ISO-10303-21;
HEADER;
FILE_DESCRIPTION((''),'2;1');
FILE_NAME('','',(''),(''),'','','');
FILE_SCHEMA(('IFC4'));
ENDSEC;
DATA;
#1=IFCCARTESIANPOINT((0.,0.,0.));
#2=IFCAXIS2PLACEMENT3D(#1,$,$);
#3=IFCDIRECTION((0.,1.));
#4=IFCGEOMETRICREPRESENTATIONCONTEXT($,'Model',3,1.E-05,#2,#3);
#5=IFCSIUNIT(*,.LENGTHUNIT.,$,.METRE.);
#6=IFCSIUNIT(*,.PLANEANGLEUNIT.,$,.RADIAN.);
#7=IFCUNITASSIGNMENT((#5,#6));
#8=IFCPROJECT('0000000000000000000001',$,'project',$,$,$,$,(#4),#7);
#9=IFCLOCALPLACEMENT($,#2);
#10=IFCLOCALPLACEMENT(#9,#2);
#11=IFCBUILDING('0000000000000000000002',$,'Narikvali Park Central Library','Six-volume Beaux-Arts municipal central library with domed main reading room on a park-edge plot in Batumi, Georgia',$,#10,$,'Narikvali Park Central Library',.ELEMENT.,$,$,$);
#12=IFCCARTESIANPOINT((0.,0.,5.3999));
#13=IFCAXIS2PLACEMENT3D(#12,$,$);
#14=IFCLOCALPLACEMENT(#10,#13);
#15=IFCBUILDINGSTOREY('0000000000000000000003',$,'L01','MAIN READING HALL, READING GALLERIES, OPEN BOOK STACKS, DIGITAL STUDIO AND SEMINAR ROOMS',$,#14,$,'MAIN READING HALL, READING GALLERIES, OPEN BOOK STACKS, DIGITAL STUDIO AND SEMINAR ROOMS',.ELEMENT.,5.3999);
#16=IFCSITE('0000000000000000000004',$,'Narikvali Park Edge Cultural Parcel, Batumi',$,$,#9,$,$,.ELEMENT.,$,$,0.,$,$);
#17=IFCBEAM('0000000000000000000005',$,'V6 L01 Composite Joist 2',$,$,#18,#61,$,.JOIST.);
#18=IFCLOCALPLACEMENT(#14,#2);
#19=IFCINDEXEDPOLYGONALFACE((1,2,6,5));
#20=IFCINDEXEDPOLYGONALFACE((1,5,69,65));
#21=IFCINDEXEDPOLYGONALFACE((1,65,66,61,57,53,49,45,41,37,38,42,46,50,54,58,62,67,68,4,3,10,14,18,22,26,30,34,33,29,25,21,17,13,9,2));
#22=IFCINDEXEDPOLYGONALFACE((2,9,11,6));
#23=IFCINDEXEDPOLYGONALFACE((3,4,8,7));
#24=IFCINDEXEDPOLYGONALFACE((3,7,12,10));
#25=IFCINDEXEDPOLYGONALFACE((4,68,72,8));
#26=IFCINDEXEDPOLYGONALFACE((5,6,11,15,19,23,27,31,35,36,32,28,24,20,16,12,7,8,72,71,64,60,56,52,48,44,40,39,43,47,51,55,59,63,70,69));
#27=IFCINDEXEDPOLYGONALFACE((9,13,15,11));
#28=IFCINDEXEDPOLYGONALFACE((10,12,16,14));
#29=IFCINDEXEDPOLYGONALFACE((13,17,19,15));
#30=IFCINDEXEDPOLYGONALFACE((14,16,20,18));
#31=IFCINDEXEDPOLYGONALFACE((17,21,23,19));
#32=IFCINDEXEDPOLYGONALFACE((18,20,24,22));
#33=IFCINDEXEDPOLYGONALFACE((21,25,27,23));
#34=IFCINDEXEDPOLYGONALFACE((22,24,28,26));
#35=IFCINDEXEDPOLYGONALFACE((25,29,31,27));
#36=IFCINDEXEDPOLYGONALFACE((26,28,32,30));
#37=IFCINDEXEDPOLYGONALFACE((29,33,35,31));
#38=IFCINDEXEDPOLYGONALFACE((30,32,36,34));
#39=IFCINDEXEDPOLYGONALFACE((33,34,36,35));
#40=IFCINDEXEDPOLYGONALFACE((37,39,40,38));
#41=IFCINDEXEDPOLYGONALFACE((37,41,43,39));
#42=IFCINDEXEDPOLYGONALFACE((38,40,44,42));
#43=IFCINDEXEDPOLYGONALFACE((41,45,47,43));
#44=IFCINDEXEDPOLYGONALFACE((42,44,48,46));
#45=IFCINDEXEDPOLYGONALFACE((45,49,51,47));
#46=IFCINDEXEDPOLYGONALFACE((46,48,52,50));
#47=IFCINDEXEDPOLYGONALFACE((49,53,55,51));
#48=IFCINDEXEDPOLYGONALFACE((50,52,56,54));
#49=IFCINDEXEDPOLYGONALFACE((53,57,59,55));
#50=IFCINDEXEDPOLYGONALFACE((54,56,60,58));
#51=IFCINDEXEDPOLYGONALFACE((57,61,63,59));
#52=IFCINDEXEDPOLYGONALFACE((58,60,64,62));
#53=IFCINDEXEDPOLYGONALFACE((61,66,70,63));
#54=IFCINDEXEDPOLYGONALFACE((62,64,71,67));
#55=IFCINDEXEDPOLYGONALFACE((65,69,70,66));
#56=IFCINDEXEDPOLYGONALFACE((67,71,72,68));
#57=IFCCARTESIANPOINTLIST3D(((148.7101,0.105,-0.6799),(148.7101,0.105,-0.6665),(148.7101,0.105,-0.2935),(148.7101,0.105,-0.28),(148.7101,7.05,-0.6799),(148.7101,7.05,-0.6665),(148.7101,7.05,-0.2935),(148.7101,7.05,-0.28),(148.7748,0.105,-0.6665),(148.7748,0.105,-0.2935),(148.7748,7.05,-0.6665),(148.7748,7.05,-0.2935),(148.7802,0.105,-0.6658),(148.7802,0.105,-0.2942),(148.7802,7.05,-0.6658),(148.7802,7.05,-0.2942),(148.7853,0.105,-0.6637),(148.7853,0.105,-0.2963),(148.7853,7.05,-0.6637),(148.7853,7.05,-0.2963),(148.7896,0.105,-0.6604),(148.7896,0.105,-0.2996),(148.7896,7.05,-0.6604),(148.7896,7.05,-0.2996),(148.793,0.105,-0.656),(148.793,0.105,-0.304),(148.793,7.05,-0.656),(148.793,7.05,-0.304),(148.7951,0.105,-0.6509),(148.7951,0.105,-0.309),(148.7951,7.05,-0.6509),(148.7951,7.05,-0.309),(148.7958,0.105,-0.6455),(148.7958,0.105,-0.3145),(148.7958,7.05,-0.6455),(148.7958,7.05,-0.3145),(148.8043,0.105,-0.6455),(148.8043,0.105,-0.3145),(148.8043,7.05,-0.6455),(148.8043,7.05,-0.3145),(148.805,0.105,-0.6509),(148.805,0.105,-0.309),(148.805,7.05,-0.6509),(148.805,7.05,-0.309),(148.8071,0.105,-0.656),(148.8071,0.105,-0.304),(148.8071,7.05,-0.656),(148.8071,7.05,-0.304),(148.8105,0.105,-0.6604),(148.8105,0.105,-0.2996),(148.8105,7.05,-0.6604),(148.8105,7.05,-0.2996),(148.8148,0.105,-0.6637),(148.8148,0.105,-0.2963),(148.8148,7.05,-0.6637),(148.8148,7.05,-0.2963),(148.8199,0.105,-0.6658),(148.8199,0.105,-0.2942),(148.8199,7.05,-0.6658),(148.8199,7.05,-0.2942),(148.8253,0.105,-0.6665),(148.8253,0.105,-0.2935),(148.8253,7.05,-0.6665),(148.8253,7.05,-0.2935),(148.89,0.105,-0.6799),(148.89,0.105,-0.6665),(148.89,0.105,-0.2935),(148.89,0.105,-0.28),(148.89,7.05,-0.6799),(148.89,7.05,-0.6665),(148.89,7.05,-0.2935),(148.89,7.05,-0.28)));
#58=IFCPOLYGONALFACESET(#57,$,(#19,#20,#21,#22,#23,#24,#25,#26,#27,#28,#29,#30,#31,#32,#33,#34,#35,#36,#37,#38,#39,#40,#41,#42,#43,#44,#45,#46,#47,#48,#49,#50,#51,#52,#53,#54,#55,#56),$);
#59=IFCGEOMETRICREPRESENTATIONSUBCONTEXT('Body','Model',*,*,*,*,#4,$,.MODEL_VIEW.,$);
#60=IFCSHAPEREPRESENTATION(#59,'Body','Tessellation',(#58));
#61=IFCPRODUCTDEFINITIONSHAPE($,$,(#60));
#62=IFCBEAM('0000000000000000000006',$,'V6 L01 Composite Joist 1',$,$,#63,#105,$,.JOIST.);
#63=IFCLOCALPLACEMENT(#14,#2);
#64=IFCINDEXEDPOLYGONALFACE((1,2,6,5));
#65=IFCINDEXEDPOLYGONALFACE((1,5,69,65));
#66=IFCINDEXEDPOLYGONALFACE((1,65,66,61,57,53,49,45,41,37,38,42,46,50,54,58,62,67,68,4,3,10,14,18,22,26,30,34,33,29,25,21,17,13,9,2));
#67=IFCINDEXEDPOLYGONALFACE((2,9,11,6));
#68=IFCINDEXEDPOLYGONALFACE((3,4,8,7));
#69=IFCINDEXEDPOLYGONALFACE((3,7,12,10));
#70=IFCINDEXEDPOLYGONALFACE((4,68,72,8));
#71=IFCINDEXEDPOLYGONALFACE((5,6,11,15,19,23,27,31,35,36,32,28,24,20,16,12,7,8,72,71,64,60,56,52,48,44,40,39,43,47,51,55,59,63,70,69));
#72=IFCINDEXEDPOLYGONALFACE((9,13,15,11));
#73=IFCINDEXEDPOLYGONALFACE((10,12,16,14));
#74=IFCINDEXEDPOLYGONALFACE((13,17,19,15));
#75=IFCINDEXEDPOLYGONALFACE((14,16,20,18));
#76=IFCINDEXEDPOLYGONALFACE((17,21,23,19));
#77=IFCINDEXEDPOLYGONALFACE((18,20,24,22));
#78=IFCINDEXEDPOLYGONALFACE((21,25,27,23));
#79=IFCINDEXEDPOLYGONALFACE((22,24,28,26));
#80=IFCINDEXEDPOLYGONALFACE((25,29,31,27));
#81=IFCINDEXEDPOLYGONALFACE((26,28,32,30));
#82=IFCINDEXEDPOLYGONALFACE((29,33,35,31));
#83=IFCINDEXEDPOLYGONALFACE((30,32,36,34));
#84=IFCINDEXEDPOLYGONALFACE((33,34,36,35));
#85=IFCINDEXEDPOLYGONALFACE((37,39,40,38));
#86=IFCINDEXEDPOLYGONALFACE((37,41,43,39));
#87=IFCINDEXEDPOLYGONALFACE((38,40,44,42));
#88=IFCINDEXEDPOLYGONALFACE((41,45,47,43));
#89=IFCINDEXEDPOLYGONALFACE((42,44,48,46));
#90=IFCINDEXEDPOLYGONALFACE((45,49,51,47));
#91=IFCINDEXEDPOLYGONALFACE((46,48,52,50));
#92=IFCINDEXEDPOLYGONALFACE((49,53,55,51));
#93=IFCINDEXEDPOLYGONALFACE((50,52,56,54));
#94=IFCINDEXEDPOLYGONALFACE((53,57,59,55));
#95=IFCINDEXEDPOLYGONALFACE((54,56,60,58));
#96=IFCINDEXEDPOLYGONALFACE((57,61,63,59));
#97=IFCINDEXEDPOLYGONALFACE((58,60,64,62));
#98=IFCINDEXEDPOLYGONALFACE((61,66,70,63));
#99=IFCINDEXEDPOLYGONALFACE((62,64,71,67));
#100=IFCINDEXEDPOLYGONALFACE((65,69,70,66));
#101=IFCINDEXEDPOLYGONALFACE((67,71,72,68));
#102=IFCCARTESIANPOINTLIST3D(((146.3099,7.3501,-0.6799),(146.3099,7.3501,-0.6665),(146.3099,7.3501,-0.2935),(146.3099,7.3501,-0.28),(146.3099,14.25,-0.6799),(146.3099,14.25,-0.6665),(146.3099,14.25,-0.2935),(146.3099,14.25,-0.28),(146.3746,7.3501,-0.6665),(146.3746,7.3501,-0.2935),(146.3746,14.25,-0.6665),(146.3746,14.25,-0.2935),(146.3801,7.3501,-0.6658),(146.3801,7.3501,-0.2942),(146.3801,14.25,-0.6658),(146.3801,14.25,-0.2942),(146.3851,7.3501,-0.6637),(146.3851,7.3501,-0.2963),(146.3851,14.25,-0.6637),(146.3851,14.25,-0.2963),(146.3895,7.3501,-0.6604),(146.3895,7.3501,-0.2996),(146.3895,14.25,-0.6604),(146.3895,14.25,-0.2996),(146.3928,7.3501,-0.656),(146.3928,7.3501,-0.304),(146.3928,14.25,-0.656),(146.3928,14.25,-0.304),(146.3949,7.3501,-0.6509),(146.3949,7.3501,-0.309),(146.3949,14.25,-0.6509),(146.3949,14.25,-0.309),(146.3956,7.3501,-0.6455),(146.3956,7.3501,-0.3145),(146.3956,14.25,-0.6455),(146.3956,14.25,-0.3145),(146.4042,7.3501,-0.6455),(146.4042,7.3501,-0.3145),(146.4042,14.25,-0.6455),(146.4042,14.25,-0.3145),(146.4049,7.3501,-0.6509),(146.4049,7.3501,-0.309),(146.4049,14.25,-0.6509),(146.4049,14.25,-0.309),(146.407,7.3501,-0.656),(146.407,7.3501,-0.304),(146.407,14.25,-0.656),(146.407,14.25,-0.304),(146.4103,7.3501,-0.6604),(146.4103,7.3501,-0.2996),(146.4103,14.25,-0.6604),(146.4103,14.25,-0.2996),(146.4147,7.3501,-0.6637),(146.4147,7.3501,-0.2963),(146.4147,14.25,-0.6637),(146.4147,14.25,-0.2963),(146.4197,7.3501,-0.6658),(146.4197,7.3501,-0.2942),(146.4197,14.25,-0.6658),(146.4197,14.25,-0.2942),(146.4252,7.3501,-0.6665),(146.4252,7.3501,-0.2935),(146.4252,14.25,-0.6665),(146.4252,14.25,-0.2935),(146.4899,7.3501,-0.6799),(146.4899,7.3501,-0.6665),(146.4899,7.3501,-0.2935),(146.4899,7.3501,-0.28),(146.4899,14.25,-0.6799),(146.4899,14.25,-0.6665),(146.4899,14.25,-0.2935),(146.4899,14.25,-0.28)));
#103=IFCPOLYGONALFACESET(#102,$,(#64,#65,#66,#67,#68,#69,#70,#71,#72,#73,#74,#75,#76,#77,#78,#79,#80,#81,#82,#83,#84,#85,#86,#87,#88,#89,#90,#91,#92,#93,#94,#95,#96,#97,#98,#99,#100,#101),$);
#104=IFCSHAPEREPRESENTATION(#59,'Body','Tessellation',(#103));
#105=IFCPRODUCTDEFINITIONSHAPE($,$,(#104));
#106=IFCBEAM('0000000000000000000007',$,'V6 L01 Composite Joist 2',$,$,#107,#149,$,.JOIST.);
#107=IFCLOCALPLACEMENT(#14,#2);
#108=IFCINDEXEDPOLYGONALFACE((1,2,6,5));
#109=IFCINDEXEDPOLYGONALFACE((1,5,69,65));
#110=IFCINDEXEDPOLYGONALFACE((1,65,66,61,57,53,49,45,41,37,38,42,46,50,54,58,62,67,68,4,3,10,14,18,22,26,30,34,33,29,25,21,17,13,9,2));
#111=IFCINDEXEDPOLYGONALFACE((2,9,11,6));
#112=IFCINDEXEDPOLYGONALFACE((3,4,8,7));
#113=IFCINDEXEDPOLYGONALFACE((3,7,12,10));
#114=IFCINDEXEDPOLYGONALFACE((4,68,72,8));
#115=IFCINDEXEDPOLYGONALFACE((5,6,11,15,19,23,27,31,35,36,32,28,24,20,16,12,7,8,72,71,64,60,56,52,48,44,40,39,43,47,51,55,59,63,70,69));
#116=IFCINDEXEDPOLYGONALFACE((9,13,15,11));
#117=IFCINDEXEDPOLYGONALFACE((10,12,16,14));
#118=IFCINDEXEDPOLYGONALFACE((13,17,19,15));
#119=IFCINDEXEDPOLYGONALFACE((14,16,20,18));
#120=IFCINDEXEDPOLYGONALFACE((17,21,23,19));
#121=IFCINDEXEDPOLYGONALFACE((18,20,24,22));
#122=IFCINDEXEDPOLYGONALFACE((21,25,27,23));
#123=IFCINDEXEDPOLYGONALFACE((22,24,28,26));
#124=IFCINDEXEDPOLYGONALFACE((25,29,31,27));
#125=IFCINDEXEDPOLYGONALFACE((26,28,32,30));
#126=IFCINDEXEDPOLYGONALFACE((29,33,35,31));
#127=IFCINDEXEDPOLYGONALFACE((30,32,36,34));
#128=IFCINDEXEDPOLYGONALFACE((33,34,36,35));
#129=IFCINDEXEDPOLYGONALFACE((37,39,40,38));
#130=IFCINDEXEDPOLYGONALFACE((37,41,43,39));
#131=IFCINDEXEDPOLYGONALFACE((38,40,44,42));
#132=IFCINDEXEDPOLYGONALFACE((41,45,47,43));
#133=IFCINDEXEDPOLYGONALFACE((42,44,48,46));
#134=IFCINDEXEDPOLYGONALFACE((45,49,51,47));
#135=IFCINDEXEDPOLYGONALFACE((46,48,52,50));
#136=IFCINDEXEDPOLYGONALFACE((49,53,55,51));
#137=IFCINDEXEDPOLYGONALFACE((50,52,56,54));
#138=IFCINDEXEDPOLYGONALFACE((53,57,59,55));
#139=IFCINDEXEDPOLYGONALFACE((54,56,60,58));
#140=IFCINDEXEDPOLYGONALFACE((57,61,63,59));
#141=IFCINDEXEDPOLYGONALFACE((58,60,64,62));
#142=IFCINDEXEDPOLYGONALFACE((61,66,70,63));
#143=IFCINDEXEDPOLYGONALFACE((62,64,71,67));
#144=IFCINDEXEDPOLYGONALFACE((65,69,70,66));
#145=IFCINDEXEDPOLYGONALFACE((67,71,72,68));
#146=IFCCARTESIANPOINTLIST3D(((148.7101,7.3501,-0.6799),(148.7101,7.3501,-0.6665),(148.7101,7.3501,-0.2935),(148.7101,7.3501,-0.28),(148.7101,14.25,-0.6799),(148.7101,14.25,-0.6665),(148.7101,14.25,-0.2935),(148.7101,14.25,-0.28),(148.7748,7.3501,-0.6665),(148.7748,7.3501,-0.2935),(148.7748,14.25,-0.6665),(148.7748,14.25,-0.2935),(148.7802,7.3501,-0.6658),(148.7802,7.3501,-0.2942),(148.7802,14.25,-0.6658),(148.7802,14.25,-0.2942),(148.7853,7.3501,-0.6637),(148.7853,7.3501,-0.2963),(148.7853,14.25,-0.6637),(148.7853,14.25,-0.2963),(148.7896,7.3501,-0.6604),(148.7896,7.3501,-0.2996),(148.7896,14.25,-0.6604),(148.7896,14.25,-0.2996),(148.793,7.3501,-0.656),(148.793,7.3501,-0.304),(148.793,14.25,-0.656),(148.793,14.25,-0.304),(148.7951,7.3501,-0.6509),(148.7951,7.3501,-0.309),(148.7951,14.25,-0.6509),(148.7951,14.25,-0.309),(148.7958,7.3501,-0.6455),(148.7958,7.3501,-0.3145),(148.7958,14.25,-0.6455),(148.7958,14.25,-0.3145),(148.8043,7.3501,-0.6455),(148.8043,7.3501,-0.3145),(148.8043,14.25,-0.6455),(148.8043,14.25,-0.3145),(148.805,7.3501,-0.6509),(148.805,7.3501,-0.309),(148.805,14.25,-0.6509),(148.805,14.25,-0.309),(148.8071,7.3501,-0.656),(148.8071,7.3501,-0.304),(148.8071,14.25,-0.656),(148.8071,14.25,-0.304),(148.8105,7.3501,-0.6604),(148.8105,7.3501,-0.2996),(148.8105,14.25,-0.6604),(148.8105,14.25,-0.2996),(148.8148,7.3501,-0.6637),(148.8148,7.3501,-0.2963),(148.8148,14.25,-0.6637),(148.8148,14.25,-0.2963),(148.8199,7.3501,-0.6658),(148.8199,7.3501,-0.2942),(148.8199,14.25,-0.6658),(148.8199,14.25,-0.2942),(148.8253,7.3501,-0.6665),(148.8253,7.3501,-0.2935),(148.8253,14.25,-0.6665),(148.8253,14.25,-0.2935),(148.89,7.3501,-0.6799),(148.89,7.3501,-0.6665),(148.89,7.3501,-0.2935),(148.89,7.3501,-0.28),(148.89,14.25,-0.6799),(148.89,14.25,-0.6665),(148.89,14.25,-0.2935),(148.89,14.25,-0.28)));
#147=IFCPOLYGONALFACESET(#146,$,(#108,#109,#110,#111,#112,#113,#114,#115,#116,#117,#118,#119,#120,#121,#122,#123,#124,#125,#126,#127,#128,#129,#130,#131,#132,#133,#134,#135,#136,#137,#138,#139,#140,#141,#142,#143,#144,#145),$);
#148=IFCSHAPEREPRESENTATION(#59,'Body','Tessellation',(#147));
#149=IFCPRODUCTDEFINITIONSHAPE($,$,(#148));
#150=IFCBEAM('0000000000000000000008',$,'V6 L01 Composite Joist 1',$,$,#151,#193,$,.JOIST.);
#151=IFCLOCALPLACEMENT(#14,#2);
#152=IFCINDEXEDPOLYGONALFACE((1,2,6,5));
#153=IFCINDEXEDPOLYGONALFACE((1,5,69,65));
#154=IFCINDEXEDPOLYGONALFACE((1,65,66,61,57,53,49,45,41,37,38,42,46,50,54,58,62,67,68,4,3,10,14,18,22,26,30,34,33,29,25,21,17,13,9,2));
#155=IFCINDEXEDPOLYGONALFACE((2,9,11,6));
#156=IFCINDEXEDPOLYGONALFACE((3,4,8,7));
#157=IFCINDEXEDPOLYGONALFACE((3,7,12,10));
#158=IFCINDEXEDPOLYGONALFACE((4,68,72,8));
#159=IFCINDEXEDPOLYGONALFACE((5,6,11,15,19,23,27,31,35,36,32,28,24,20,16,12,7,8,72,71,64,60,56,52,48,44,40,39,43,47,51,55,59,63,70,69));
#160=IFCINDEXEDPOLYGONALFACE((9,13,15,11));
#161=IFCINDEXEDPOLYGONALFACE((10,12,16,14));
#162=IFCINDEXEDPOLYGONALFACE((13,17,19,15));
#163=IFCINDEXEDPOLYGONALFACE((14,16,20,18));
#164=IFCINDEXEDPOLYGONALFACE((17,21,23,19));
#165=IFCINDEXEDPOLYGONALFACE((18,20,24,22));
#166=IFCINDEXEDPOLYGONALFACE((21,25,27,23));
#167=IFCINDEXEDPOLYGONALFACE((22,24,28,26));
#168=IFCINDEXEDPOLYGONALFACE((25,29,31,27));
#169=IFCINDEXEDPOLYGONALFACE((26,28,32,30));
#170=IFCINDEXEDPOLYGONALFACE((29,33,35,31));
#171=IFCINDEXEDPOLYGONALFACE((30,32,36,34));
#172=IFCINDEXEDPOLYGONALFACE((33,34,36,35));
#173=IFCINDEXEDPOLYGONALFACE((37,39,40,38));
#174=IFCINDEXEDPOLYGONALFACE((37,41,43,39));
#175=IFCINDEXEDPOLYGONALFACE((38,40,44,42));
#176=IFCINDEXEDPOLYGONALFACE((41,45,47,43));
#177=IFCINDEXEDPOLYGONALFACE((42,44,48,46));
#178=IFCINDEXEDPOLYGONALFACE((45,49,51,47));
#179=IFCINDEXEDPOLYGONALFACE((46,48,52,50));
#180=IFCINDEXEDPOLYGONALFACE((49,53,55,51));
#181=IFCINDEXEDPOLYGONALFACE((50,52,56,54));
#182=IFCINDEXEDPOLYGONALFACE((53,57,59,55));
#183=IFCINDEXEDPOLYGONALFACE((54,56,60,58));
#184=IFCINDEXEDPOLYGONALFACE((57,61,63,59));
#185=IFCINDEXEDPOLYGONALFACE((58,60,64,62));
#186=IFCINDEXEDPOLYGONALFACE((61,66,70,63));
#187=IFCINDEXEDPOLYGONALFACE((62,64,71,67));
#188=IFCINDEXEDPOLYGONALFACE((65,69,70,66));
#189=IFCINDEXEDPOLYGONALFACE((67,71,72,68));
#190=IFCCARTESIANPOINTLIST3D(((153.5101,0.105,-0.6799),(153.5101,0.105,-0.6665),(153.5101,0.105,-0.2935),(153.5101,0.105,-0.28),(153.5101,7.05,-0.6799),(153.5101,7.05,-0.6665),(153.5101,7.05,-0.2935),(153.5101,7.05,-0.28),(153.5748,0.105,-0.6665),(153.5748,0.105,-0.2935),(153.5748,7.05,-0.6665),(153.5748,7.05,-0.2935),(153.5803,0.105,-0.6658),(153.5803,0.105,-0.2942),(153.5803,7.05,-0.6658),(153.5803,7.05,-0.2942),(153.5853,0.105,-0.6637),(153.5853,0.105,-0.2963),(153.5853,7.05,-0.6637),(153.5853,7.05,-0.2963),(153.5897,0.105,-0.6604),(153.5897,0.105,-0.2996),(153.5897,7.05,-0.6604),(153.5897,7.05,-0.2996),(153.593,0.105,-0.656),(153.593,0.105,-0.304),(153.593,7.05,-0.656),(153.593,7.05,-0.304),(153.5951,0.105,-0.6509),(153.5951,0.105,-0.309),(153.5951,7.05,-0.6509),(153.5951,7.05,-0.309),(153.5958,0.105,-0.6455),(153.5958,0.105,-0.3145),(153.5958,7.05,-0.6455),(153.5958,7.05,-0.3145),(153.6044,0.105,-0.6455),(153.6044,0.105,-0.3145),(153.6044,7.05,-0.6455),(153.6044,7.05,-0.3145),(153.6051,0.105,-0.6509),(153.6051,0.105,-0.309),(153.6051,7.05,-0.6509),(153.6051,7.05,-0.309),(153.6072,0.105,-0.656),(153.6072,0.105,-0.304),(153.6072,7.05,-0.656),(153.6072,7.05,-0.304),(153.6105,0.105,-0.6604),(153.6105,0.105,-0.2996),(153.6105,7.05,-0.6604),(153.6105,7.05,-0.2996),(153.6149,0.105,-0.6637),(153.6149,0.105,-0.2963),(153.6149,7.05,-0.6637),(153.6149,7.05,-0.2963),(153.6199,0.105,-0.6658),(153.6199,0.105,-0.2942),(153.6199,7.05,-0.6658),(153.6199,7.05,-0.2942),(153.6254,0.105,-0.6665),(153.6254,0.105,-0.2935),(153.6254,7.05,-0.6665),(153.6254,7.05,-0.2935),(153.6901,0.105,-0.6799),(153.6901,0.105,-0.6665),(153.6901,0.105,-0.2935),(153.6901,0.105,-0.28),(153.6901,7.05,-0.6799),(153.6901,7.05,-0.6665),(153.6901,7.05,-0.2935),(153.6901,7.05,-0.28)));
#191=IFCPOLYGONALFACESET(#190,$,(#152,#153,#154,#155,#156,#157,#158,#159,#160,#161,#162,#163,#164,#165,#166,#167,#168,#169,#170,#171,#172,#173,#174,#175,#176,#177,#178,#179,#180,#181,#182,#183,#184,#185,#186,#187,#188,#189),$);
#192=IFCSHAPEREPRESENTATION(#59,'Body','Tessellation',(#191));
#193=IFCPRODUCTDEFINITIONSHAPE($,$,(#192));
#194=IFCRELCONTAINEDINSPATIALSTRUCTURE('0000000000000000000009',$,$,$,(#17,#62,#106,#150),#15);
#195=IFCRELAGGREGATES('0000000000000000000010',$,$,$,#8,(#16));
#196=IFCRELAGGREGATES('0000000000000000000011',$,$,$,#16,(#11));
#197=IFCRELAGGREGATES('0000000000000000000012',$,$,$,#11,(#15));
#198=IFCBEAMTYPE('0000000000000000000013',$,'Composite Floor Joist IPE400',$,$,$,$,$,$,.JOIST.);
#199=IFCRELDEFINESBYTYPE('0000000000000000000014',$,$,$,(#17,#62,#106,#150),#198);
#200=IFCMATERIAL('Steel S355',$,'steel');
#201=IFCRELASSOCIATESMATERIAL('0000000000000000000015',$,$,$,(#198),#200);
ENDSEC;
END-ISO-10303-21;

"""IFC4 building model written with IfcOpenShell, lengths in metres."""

from ifc_helpers import new_model, si_unit, direction, frame, origin, origin_2d, place, context, subcontext, project, spatial, i_section, extrude, material, material_profile, profile_set, type_object, element, save


model = new_model("IFC4")

# Units and contexts
model_context = context("Model", 3, precision=1e-05, world=origin(), true_north=direction((0.0, 1.0)))
body_context = subcontext(model_context, "Body", "Model", "MODEL_VIEW")
ifc_project = project(units=[si_unit("LENGTHUNIT", "METRE"), si_unit("PLANEANGLEUNIT", "RADIAN")], contexts=[model_context])

# Site, building, storey
site_placement = place(None, origin())
site = spatial("IfcSite", under=ifc_project, at=site_placement, Name="Narikvali Park Edge Cultural Parcel, Batumi", CompositionType="ELEMENT", RefElevation=0.0)
building_placement = place(site_placement, origin())
building = spatial("IfcBuilding", under=site, at=building_placement, Name="Narikvali Park Central Library", Description="Six-volume Beaux-Arts municipal central library with domed main reading room on a park-edge plot in Batumi, Georgia", LongName="Narikvali Park Central Library", CompositionType="ELEMENT")
storey_placement = place(building_placement, frame((0.0, 0.0, 5.3999)))
storey = spatial("IfcBuildingStorey", under=building, at=storey_placement, Name="L01", Description="MAIN READING HALL, READING GALLERIES, OPEN BOOK STACKS, DIGITAL STUDIO AND SEMINAR ROOMS", LongName="MAIN READING HALL, READING GALLERIES, OPEN BOOK STACKS, DIGITAL STUDIO AND SEMINAR ROOMS", CompositionType="ELEMENT", Elevation=5.3999)

# Shared definitions
ifc_material_1 = material(Name="Steel S355", Category="steel")

# Beams
ifc_material_profile_1 = material_profile(ifc_material_1, i_section(OverallWidth=0.1799, OverallDepth=0.3999, WebThickness=0.0085, FlangeThickness=0.0134, FilletRadius=0.021, at=origin_2d()), Name="IPE 400")
ifc_profile_set_1 = profile_set([ifc_material_profile_1], Name="Steel S355")
beam_type_1 = type_object("IfcBeamType", Name="Composite Floor Joist IPE400", PredefinedType="JOIST", material=ifc_profile_set_1)
for number, where, z_axis, x_axis, name in (
    (1, (148.8, 0.105, -0.48), (0.0, 1.0, 0.0), (-1.0, 0.0, 0.0), "V6 L01 Composite Joist 2"),
):
    element("IfcBeam", number, at=place(storey_placement, frame(where, z_axis=z_axis, x_axis=x_axis)), inside=storey, type_object=beam_type_1, Name=name, PredefinedType="JOIST", context=body_context, shape_type="SweptSolid", body=[
        extrude(i_section(OverallWidth=0.1799, OverallDepth=0.3999, WebThickness=0.0085, FlangeThickness=0.0134, FilletRadius=0.021, at=origin_2d()), origin(), (0.0, 0.0, 1.0), 6.9451),
    ])
for number, where, z_axis, x_axis, name in (
    (2, (146.3999, 7.3501, -0.48), (0.0, 1.0, 0.0), (-1.0, 0.0, 0.0), "V6 L01 Composite Joist 1"),
    (3, (148.8, 7.3501, -0.48), (0.0, 1.0, 0.0), (-1.0, 0.0, 0.0), "V6 L01 Composite Joist 2"),
):
    element("IfcBeam", number, at=place(storey_placement, frame(where, z_axis=z_axis, x_axis=x_axis)), inside=storey, type_object=beam_type_1, Name=name, PredefinedType="JOIST", context=body_context, shape_type="SweptSolid", body=[
        extrude(i_section(OverallWidth=0.1799, OverallDepth=0.3999, WebThickness=0.0085, FlangeThickness=0.0134, FilletRadius=0.021, at=origin_2d()), origin(), (0.0, 0.0, 1.0), 6.8999),
    ])
for number, where, z_axis, x_axis, name in (
    (4, (153.6001, 0.105, -0.48), (0.0, 1.0, 0.0), (-1.0, 0.0, 0.0), "V6 L01 Composite Joist 1"),
):
    element("IfcBeam", number, at=place(storey_placement, frame(where, z_axis=z_axis, x_axis=x_axis)), inside=storey, type_object=beam_type_1, Name=name, PredefinedType="JOIST", context=body_context, shape_type="SweptSolid", body=[
        extrude(i_section(OverallWidth=0.1799, OverallDepth=0.3999, WebThickness=0.0085, FlangeThickness=0.0134, FilletRadius=0.021, at=origin_2d()), origin(), (0.0, 0.0, 1.0), 6.9451),
    ])

save(model, "model.ifc")
